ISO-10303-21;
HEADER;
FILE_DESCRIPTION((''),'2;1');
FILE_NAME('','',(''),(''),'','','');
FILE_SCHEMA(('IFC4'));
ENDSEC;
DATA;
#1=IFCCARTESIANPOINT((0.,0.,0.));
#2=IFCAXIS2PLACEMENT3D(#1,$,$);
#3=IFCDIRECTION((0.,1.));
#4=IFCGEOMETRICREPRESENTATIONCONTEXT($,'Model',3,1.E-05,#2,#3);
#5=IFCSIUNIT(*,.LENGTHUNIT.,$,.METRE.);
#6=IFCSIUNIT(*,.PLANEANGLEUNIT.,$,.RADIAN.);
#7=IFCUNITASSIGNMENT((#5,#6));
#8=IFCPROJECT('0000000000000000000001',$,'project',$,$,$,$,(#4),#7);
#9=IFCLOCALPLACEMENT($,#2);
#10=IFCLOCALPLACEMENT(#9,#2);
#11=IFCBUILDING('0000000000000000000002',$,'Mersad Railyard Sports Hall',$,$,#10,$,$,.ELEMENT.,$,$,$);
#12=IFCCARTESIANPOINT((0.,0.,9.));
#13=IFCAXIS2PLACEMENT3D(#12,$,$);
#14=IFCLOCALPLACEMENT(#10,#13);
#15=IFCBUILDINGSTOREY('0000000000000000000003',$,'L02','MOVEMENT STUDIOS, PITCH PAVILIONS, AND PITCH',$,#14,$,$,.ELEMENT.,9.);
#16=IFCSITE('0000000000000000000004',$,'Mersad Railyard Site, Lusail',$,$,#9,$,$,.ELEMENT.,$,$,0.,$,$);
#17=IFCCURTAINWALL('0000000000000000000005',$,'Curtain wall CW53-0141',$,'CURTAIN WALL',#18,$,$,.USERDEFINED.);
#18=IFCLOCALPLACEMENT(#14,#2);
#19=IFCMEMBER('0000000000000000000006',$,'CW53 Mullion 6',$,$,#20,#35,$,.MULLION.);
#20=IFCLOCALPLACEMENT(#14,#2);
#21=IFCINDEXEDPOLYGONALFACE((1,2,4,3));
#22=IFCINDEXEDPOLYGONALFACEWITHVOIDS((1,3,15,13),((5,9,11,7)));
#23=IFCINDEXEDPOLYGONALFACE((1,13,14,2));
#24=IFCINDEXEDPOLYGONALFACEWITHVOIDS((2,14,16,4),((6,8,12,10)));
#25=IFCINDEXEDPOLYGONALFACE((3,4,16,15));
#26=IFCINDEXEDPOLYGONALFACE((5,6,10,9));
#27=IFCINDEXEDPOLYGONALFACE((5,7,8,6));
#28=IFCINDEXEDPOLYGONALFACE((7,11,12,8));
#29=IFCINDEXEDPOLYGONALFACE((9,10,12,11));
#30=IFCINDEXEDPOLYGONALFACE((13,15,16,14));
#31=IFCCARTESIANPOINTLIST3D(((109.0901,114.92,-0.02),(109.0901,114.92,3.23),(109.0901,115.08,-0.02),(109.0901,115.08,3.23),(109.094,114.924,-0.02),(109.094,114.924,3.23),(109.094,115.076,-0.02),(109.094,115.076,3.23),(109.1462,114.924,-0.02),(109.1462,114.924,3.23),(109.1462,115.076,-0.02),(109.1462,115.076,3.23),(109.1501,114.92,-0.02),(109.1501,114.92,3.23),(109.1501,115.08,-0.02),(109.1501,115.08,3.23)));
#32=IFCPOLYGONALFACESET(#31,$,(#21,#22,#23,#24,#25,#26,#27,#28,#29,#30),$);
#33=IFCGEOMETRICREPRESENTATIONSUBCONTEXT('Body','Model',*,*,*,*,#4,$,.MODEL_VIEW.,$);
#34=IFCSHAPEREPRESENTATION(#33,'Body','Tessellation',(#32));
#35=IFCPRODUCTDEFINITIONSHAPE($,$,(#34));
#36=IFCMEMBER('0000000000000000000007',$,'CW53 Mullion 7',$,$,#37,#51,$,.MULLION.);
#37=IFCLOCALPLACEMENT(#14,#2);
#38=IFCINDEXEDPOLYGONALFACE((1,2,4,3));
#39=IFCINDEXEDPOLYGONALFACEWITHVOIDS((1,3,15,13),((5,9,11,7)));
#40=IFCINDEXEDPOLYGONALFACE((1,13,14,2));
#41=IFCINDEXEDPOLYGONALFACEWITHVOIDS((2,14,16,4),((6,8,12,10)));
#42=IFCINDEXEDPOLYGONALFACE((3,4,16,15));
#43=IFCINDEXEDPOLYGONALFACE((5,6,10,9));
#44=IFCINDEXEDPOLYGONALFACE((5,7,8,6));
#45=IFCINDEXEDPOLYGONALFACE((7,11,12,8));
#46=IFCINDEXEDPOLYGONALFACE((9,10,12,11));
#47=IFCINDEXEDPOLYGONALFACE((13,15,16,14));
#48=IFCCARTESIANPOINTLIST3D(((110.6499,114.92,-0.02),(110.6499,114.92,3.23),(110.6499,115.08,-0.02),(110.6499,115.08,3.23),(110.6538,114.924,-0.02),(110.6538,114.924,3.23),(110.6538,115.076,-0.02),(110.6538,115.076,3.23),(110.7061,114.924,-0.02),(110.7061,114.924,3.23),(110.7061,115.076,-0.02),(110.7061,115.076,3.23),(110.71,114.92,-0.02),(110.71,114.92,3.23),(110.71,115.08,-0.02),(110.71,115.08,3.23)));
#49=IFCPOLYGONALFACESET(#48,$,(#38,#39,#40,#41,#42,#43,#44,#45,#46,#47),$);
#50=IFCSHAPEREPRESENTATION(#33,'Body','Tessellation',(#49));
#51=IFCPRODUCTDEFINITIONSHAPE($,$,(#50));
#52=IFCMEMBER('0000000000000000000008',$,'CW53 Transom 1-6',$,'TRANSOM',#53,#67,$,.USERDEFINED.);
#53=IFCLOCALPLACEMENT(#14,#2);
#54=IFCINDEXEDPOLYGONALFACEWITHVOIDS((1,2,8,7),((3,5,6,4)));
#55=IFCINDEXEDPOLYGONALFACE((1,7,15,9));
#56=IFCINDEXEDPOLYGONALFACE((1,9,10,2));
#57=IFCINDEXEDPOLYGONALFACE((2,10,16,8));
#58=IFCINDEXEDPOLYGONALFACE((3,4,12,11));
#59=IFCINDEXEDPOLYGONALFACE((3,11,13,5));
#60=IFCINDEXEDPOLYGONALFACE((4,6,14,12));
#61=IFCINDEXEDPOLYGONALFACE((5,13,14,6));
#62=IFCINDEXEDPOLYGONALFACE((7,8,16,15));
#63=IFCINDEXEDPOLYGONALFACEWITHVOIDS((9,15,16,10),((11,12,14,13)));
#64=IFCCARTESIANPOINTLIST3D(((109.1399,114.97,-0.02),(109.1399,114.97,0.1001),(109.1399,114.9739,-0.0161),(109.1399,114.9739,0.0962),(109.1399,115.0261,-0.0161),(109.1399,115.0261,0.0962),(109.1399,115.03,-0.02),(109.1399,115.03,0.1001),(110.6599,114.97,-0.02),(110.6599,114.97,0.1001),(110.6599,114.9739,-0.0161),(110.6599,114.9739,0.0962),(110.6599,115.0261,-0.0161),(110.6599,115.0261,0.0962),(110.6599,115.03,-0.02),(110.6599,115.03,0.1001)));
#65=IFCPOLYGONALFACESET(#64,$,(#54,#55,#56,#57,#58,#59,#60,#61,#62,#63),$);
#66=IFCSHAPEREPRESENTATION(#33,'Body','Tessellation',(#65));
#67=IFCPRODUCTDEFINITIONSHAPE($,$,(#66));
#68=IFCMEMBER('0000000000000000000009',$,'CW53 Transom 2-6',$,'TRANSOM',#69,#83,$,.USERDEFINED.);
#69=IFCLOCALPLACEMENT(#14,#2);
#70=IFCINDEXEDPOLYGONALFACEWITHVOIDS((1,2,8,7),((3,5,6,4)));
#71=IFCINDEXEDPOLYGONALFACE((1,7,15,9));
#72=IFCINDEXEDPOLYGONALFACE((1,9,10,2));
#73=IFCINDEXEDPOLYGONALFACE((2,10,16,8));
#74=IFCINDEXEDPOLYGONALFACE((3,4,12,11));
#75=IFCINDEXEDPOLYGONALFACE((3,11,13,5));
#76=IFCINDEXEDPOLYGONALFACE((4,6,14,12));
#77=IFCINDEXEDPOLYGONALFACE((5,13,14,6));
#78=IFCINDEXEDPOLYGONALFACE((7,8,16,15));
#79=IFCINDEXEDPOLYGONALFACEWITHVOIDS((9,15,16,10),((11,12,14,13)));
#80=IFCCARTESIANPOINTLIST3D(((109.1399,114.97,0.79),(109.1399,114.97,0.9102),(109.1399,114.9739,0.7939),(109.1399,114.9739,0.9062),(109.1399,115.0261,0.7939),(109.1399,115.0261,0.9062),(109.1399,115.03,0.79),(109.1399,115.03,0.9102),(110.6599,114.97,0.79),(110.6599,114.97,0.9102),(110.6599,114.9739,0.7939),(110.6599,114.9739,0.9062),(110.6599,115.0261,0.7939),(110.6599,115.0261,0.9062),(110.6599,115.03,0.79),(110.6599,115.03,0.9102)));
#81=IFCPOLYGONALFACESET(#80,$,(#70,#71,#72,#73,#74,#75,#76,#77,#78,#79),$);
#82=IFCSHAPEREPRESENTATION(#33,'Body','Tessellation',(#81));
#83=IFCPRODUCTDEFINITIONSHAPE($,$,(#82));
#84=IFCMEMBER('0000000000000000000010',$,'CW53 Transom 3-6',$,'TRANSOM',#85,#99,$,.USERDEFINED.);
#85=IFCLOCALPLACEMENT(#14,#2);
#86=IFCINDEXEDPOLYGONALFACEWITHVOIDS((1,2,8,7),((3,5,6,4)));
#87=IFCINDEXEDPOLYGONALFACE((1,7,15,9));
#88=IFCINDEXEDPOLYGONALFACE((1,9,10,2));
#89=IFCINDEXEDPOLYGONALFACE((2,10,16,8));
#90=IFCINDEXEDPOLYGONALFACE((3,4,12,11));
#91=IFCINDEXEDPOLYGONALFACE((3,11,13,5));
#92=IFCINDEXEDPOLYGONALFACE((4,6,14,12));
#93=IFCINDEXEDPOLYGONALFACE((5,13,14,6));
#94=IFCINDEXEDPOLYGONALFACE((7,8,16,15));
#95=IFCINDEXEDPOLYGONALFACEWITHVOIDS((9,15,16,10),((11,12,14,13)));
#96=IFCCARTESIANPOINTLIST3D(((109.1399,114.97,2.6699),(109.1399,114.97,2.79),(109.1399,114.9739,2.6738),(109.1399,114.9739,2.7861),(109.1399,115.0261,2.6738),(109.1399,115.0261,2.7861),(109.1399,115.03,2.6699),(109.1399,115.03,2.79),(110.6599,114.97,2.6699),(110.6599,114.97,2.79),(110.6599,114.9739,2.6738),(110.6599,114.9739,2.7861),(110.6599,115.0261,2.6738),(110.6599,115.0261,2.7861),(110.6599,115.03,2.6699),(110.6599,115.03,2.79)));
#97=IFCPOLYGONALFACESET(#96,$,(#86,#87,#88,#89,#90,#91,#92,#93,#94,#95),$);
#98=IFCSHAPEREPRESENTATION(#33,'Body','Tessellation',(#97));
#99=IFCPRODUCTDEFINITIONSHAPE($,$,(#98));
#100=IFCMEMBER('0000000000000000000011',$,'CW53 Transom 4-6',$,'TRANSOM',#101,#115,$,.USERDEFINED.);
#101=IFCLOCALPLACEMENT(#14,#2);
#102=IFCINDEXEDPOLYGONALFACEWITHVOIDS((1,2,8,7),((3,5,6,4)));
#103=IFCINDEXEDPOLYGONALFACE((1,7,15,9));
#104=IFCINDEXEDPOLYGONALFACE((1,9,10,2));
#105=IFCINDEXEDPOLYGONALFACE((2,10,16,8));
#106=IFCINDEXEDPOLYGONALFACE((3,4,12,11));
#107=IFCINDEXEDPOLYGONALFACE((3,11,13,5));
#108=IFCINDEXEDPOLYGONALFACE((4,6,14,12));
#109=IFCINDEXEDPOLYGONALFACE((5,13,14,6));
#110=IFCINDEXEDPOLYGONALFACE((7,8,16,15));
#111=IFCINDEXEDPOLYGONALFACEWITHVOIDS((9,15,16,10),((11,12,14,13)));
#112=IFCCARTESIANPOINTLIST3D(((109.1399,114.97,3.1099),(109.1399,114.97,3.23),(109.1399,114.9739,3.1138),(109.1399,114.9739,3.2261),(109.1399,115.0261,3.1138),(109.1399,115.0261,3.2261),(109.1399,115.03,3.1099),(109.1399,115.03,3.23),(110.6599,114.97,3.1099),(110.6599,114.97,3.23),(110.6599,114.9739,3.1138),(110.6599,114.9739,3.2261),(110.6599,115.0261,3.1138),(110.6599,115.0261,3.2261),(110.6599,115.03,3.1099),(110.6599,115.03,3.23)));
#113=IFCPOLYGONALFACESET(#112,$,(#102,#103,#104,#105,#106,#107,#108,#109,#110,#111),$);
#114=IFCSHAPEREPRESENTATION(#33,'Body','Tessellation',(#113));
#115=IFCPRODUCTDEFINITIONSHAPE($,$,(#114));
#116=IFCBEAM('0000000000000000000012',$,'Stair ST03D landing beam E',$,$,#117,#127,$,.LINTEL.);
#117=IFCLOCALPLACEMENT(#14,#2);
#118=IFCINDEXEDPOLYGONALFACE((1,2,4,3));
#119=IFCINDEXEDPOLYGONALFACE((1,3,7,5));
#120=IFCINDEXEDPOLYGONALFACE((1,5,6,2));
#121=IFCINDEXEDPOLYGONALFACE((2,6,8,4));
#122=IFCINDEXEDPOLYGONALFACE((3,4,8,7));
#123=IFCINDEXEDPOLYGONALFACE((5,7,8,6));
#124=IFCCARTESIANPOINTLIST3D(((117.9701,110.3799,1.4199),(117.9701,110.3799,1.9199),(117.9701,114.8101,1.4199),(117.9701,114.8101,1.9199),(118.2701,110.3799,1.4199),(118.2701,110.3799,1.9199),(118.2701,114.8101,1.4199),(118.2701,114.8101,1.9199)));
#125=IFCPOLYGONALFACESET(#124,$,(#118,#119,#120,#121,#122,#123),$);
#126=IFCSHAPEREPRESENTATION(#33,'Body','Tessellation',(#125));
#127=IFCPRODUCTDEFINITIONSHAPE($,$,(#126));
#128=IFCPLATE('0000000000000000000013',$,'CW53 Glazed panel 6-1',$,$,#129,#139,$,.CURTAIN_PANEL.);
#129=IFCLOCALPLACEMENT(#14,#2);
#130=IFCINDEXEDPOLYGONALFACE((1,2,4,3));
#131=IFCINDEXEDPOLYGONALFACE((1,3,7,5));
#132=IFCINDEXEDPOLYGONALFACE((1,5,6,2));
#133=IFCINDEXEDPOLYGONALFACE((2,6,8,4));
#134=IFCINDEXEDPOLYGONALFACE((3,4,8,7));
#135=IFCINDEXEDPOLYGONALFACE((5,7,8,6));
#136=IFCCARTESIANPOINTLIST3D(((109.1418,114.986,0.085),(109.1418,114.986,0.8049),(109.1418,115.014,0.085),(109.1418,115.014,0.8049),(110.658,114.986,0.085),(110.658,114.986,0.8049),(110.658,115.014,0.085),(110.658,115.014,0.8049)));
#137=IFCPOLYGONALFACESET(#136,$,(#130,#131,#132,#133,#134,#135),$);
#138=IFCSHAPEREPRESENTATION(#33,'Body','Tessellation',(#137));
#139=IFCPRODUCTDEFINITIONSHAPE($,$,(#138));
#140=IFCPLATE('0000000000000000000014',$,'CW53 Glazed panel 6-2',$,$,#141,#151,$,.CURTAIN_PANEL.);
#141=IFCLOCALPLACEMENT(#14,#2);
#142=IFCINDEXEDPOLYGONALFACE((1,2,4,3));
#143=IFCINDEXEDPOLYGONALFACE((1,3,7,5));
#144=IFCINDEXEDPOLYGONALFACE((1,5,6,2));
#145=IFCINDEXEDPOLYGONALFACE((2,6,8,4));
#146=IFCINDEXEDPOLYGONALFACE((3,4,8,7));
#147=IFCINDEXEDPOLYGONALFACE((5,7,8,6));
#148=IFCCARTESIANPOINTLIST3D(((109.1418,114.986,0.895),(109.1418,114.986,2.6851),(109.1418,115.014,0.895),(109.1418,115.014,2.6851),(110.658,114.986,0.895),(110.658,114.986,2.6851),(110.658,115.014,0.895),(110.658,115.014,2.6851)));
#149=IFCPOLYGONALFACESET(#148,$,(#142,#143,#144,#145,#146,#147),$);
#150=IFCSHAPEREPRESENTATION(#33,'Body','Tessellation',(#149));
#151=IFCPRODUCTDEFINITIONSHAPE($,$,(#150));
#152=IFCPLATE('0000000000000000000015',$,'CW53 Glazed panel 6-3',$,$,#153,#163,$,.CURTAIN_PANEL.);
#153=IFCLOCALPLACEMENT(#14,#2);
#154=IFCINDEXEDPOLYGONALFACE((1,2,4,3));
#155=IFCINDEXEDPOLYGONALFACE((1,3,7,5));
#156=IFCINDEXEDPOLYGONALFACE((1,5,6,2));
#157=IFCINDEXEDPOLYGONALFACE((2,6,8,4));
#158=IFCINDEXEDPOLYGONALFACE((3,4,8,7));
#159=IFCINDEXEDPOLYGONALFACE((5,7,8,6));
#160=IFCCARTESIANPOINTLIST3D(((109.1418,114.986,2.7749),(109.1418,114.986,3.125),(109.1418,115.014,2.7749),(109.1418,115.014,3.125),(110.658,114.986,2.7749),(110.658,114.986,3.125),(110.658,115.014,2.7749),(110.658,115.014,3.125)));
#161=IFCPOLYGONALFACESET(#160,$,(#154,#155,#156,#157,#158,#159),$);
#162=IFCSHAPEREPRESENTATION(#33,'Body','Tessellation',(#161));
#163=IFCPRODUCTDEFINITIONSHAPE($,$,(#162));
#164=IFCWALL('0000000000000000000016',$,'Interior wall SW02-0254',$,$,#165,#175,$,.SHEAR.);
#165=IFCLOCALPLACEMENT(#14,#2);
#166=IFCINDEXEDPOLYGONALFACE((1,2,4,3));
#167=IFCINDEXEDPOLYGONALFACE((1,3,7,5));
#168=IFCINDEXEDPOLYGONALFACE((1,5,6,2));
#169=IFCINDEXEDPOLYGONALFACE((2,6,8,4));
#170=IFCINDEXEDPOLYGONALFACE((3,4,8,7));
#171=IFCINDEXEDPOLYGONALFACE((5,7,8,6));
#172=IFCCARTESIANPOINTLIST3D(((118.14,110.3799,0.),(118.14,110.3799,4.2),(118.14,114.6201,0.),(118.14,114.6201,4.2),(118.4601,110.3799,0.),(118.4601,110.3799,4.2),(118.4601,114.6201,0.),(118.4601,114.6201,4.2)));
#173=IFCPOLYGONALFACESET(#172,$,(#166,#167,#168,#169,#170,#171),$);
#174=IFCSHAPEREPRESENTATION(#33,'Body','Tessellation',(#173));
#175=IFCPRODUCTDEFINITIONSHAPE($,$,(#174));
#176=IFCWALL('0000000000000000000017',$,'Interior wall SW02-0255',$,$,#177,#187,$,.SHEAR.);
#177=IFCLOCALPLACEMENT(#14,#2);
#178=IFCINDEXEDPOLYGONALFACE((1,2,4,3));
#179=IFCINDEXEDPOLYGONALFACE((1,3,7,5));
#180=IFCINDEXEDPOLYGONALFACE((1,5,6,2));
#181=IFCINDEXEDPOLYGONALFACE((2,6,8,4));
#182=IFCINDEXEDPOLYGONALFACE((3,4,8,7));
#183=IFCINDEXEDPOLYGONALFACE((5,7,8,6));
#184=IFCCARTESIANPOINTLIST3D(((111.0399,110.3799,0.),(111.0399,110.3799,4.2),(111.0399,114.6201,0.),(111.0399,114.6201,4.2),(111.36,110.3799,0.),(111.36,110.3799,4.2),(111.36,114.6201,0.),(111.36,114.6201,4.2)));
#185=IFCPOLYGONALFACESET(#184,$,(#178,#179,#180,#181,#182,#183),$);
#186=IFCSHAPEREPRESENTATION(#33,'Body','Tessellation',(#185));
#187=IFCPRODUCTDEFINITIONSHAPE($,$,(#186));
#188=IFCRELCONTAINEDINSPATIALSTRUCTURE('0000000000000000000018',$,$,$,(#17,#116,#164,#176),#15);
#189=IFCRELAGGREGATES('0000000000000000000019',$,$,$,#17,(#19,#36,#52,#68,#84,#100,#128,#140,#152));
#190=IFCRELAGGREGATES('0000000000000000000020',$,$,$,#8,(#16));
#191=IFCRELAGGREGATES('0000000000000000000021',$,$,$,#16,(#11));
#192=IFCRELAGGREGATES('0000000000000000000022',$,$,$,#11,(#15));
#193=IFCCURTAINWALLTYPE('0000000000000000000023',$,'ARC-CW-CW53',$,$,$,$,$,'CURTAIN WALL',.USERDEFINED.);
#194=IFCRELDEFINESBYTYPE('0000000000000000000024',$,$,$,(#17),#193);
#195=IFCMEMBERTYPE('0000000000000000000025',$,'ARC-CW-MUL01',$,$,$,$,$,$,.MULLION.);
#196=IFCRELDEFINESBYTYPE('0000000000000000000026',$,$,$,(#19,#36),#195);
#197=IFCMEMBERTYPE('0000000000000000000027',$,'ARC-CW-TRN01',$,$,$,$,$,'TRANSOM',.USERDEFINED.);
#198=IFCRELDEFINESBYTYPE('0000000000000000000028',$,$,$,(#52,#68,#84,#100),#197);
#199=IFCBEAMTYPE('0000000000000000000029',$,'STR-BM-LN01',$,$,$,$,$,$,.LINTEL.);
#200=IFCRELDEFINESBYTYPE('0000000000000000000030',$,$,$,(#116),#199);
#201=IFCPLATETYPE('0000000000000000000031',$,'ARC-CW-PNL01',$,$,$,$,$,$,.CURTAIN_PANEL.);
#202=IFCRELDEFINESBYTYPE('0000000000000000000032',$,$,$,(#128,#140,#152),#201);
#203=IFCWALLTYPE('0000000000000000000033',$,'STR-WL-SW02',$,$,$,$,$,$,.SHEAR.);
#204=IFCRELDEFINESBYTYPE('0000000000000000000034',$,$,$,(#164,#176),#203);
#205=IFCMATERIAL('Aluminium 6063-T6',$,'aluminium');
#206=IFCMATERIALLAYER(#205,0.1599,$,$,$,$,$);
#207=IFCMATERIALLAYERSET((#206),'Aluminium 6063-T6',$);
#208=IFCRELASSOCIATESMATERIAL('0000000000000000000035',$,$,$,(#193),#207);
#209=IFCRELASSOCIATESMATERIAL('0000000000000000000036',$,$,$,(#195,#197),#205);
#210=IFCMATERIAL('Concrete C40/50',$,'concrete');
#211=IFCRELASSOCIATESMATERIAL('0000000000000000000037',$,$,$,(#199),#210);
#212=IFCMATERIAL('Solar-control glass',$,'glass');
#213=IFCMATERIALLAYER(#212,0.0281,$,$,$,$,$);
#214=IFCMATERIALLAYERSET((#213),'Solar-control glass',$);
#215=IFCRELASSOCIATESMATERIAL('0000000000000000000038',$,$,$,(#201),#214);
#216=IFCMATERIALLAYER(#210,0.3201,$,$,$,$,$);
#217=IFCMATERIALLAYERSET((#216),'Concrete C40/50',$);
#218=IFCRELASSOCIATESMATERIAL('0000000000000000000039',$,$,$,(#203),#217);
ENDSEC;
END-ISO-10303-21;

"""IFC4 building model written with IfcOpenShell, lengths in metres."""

from ifc_helpers import new_model, si_unit, direction, frame, frame_2d, origin, origin_2d, place, context, subcontext, project, spatial, rectangle, hollow_rectangle, extrude, material, layer, layer_set, material_profile, profile_set, type_object, element, aggregate, save


model = new_model("IFC4")

# Units and contexts
model_context = context("Model", 3, precision=1e-05, world=origin(), true_north=direction((0.0, 1.0)))
body_context = subcontext(model_context, "Body", "Model", "MODEL_VIEW")
ifc_project = project(units=[si_unit("LENGTHUNIT", "METRE"), si_unit("PLANEANGLEUNIT", "RADIAN")], contexts=[model_context])

# Site, building, storey
site_placement = place(None, origin())
site = spatial("IfcSite", under=ifc_project, at=site_placement, Name="Mersad Railyard Site, Lusail", CompositionType="ELEMENT", RefElevation=0.0)
building_placement = place(site_placement, origin())
building = spatial("IfcBuilding", under=site, at=building_placement, Name="Mersad Railyard Sports Hall", CompositionType="ELEMENT")
storey_placement = place(building_placement, frame((0.0, 0.0, 9.0)))
storey = spatial("IfcBuildingStorey", under=building, at=storey_placement, Name="L02", Description="MOVEMENT STUDIOS, PITCH PAVILIONS, AND PITCH", CompositionType="ELEMENT", Elevation=9.0)

# Curtain wall, members
ifc_material_1 = material(Name="Aluminium 6063-T6", Category="aluminium")
ifc_layer_1 = layer(ifc_material_1, 0.1599)
ifc_layer_set_1 = layer_set([ifc_layer_1], Name="Aluminium 6063-T6")
curtain_wall_type = type_object("IfcCurtainWallType", Name="ARC-CW-CW53", ElementType="CURTAIN WALL", PredefinedType="USERDEFINED", material=ifc_layer_set_1)
curtain_wall_placement = place(storey_placement, origin())
curtain_wall = element("IfcCurtainWall", 1, at=curtain_wall_placement, inside=storey, type_object=curtain_wall_type, Name="Curtain wall CW53-0141", ObjectType="CURTAIN WALL", PredefinedType="USERDEFINED")
ifc_material_profile_1 = material_profile(ifc_material_1, hollow_rectangle(XDim=0.0601, YDim=0.1599, WallThickness=0.0039, at=origin_2d()), Name="AL MULLION 60x160x4")
ifc_profile_set_1 = profile_set([ifc_material_profile_1], Name="Aluminium 6063-T6")
member_type_1 = type_object("IfcMemberType", Name="ARC-CW-MUL01", PredefinedType="MULLION", material=ifc_profile_set_1)
member_1_placement = place(storey_placement, frame((109.1201, 115.0, -0.02), z_axis=(0.0, 0.0, 1.0), x_axis=(1.0, 0.0, 0.0)))
member_1 = element("IfcMember", 2, at=member_1_placement, type_object=member_type_1, Name="CW53 Mullion 6", PredefinedType="MULLION", context=body_context, shape_type="SweptSolid", body=[
    extrude(hollow_rectangle(XDim=0.0601, YDim=0.1599, WallThickness=0.0039, at=origin_2d()), origin(), (0.0, 0.0, 1.0), 3.25),
])
member_2_placement = place(storey_placement, frame((110.6799, 115.0, -0.02), z_axis=(0.0, 0.0, 1.0), x_axis=(1.0, 0.0, 0.0)))
member_2 = element("IfcMember", 3, at=member_2_placement, type_object=member_type_1, Name="CW53 Mullion 7", PredefinedType="MULLION", context=body_context, shape_type="SweptSolid", body=[
    extrude(hollow_rectangle(XDim=0.0601, YDim=0.1599, WallThickness=0.0039, at=origin_2d()), origin(), (0.0, 0.0, 1.0), 3.25),
])
ifc_material_profile_2 = material_profile(ifc_material_1, hollow_rectangle(XDim=0.0601, YDim=0.1201, WallThickness=0.0039, at=origin_2d()), Name="AL TRANSOM 60x120x4")
ifc_profile_set_2 = profile_set([ifc_material_profile_2], Name="Aluminium 6063-T6")
member_type_2 = type_object("IfcMemberType", Name="ARC-CW-TRN01", ElementType="TRANSOM", PredefinedType="USERDEFINED", material=ifc_profile_set_2)
member_3_placement = place(storey_placement, frame((109.1399, 115.0, 0.04), z_axis=(1.0, 0.0, 0.0), x_axis=(0.0, 1.0, 0.0)))
member_3 = element("IfcMember", 4, at=member_3_placement, type_object=member_type_2, Name="CW53 Transom 1-6", ObjectType="TRANSOM", PredefinedType="USERDEFINED", context=body_context, shape_type="SweptSolid", body=[
    extrude(hollow_rectangle(XDim=0.0601, YDim=0.1201, WallThickness=0.0039, at=origin_2d()), origin(), (0.0, 0.0, 1.0), 1.52),
])
member_4_placement = place(storey_placement, frame((109.1399, 115.0, 0.8501), z_axis=(1.0, 0.0, 0.0), x_axis=(0.0, 1.0, 0.0)))
member_4 = element("IfcMember", 5, at=member_4_placement, type_object=member_type_2, Name="CW53 Transom 2-6", ObjectType="TRANSOM", PredefinedType="USERDEFINED", context=body_context, shape_type="SweptSolid", body=[
    extrude(hollow_rectangle(XDim=0.0601, YDim=0.1201, WallThickness=0.0039, at=origin_2d()), origin(), (0.0, 0.0, 1.0), 1.52),
])
member_5_placement = place(storey_placement, frame((109.1399, 115.0, 2.73), z_axis=(1.0, 0.0, 0.0), x_axis=(0.0, 1.0, 0.0)))
member_5 = element("IfcMember", 6, at=member_5_placement, type_object=member_type_2, Name="CW53 Transom 3-6", ObjectType="TRANSOM", PredefinedType="USERDEFINED", context=body_context, shape_type="SweptSolid", body=[
    extrude(hollow_rectangle(XDim=0.0601, YDim=0.1201, WallThickness=0.0039, at=origin_2d()), origin(), (0.0, 0.0, 1.0), 1.52),
])
member_6_placement = place(storey_placement, frame((109.1399, 115.0, 3.1699), z_axis=(1.0, 0.0, 0.0), x_axis=(0.0, 1.0, 0.0)))
member_6 = element("IfcMember", 7, at=member_6_placement, type_object=member_type_2, Name="CW53 Transom 4-6", ObjectType="TRANSOM", PredefinedType="USERDEFINED", context=body_context, shape_type="SweptSolid", body=[
    extrude(hollow_rectangle(XDim=0.0601, YDim=0.1201, WallThickness=0.0039, at=origin_2d()), origin(), (0.0, 0.0, 1.0), 1.52),
])

# Beam
ifc_material_2 = material(Name="Concrete C40/50", Category="concrete")
ifc_material_profile_3 = material_profile(ifc_material_2, rectangle(XDim=0.3, YDim=0.5, at=origin_2d()), Name="RC 300x500")
ifc_profile_set_3 = profile_set([ifc_material_profile_3], Name="Concrete C40/50")
beam_type = type_object("IfcBeamType", Name="STR-BM-LN01", PredefinedType="LINTEL", material=ifc_profile_set_3)
beam_placement = place(storey_placement, frame((118.1201, 110.3799, 1.6699), z_axis=(0.0, 1.0, 0.0), x_axis=(-1.0, 0.0, 0.0)))
element("IfcBeam", 8, at=beam_placement, inside=storey, type_object=beam_type, Name="Stair ST03D landing beam E", PredefinedType="LINTEL", context=body_context, shape_type="SweptSolid", body=[
    extrude(rectangle(XDim=0.3, YDim=0.5, at=origin_2d()), origin(), (0.0, 0.0, 1.0), 4.4302),
])

# Plates
ifc_material_3 = material(Name="Solar-control glass", Category="glass")
ifc_layer_2 = layer(ifc_material_3, 0.0281)
ifc_layer_set_2 = layer_set([ifc_layer_2], Name="Solar-control glass")
plate_type = type_object("IfcPlateType", Name="ARC-CW-PNL01", PredefinedType="CURTAIN_PANEL", material=ifc_layer_set_2)
plate_1_placement = place(storey_placement, frame((109.8999, 115.0, 0.085), z_axis=(0.0, 0.0, 1.0), x_axis=(1.0, 0.0, 0.0)))
plate_1 = element("IfcPlate", 9, at=plate_1_placement, type_object=plate_type, Name="CW53 Glazed panel 6-1", PredefinedType="CURTAIN_PANEL", context=body_context, shape_type="SweptSolid", body=[
    extrude(rectangle(XDim=1.5161, YDim=0.0281, at=origin_2d()), origin(), (0.0, 0.0, 1.0), 0.72),
])
plate_2_placement = place(storey_placement, frame((109.8999, 115.0, 0.895), z_axis=(0.0, 0.0, 1.0), x_axis=(1.0, 0.0, 0.0)))
plate_2 = element("IfcPlate", 10, at=plate_2_placement, type_object=plate_type, Name="CW53 Glazed panel 6-2", PredefinedType="CURTAIN_PANEL", context=body_context, shape_type="SweptSolid", body=[
    extrude(rectangle(XDim=1.5161, YDim=0.0281, at=origin_2d()), origin(), (0.0, 0.0, 1.0), 1.79),
])
plate_3_placement = place(storey_placement, frame((109.8999, 115.0, 2.7749), z_axis=(0.0, 0.0, 1.0), x_axis=(1.0, 0.0, 0.0)))
plate_3 = element("IfcPlate", 11, at=plate_3_placement, type_object=plate_type, Name="CW53 Glazed panel 6-3", PredefinedType="CURTAIN_PANEL", context=body_context, shape_type="SweptSolid", body=[
    extrude(rectangle(XDim=1.5161, YDim=0.0281, at=origin_2d()), origin(), (0.0, 0.0, 1.0), 0.3501),
])
aggregate(curtain_wall, [member_1, member_2, member_3, member_4, member_5, member_6, plate_1, plate_2, plate_3])

# Walls
ifc_layer_3 = layer(ifc_material_2, 0.3201)
ifc_layer_set_3 = layer_set([ifc_layer_3], Name="Concrete C40/50")
wall_type_1 = type_object("IfcWallType", Name="STR-WL-SW02", PredefinedType="SHEAR", material=ifc_layer_set_3)
for number, where, z_axis, x_axis, name in (
    (12, (118.3, 110.3799, 0.0), (0.0, 0.0, 1.0), (0.0, 1.0, 0.0), "Interior wall SW02-0254"),
    (13, (111.2, 114.6201, 0.0), (0.0, 0.0, 1.0), (0.0, -1.0, 0.0), "Interior wall SW02-0255"),
):
    element("IfcWall", number, at=place(storey_placement, frame(where, z_axis=z_axis, x_axis=x_axis)), inside=storey, type_object=wall_type_1, Name=name, PredefinedType="SHEAR", context=body_context, shape_type="SweptSolid", body=[
        extrude(rectangle(XDim=4.2402, YDim=0.3201, at=frame_2d((2.1201, 0.0))), origin(), (0.0, 0.0, 1.0), 4.2),
    ])

save(model, "model.ifc")
